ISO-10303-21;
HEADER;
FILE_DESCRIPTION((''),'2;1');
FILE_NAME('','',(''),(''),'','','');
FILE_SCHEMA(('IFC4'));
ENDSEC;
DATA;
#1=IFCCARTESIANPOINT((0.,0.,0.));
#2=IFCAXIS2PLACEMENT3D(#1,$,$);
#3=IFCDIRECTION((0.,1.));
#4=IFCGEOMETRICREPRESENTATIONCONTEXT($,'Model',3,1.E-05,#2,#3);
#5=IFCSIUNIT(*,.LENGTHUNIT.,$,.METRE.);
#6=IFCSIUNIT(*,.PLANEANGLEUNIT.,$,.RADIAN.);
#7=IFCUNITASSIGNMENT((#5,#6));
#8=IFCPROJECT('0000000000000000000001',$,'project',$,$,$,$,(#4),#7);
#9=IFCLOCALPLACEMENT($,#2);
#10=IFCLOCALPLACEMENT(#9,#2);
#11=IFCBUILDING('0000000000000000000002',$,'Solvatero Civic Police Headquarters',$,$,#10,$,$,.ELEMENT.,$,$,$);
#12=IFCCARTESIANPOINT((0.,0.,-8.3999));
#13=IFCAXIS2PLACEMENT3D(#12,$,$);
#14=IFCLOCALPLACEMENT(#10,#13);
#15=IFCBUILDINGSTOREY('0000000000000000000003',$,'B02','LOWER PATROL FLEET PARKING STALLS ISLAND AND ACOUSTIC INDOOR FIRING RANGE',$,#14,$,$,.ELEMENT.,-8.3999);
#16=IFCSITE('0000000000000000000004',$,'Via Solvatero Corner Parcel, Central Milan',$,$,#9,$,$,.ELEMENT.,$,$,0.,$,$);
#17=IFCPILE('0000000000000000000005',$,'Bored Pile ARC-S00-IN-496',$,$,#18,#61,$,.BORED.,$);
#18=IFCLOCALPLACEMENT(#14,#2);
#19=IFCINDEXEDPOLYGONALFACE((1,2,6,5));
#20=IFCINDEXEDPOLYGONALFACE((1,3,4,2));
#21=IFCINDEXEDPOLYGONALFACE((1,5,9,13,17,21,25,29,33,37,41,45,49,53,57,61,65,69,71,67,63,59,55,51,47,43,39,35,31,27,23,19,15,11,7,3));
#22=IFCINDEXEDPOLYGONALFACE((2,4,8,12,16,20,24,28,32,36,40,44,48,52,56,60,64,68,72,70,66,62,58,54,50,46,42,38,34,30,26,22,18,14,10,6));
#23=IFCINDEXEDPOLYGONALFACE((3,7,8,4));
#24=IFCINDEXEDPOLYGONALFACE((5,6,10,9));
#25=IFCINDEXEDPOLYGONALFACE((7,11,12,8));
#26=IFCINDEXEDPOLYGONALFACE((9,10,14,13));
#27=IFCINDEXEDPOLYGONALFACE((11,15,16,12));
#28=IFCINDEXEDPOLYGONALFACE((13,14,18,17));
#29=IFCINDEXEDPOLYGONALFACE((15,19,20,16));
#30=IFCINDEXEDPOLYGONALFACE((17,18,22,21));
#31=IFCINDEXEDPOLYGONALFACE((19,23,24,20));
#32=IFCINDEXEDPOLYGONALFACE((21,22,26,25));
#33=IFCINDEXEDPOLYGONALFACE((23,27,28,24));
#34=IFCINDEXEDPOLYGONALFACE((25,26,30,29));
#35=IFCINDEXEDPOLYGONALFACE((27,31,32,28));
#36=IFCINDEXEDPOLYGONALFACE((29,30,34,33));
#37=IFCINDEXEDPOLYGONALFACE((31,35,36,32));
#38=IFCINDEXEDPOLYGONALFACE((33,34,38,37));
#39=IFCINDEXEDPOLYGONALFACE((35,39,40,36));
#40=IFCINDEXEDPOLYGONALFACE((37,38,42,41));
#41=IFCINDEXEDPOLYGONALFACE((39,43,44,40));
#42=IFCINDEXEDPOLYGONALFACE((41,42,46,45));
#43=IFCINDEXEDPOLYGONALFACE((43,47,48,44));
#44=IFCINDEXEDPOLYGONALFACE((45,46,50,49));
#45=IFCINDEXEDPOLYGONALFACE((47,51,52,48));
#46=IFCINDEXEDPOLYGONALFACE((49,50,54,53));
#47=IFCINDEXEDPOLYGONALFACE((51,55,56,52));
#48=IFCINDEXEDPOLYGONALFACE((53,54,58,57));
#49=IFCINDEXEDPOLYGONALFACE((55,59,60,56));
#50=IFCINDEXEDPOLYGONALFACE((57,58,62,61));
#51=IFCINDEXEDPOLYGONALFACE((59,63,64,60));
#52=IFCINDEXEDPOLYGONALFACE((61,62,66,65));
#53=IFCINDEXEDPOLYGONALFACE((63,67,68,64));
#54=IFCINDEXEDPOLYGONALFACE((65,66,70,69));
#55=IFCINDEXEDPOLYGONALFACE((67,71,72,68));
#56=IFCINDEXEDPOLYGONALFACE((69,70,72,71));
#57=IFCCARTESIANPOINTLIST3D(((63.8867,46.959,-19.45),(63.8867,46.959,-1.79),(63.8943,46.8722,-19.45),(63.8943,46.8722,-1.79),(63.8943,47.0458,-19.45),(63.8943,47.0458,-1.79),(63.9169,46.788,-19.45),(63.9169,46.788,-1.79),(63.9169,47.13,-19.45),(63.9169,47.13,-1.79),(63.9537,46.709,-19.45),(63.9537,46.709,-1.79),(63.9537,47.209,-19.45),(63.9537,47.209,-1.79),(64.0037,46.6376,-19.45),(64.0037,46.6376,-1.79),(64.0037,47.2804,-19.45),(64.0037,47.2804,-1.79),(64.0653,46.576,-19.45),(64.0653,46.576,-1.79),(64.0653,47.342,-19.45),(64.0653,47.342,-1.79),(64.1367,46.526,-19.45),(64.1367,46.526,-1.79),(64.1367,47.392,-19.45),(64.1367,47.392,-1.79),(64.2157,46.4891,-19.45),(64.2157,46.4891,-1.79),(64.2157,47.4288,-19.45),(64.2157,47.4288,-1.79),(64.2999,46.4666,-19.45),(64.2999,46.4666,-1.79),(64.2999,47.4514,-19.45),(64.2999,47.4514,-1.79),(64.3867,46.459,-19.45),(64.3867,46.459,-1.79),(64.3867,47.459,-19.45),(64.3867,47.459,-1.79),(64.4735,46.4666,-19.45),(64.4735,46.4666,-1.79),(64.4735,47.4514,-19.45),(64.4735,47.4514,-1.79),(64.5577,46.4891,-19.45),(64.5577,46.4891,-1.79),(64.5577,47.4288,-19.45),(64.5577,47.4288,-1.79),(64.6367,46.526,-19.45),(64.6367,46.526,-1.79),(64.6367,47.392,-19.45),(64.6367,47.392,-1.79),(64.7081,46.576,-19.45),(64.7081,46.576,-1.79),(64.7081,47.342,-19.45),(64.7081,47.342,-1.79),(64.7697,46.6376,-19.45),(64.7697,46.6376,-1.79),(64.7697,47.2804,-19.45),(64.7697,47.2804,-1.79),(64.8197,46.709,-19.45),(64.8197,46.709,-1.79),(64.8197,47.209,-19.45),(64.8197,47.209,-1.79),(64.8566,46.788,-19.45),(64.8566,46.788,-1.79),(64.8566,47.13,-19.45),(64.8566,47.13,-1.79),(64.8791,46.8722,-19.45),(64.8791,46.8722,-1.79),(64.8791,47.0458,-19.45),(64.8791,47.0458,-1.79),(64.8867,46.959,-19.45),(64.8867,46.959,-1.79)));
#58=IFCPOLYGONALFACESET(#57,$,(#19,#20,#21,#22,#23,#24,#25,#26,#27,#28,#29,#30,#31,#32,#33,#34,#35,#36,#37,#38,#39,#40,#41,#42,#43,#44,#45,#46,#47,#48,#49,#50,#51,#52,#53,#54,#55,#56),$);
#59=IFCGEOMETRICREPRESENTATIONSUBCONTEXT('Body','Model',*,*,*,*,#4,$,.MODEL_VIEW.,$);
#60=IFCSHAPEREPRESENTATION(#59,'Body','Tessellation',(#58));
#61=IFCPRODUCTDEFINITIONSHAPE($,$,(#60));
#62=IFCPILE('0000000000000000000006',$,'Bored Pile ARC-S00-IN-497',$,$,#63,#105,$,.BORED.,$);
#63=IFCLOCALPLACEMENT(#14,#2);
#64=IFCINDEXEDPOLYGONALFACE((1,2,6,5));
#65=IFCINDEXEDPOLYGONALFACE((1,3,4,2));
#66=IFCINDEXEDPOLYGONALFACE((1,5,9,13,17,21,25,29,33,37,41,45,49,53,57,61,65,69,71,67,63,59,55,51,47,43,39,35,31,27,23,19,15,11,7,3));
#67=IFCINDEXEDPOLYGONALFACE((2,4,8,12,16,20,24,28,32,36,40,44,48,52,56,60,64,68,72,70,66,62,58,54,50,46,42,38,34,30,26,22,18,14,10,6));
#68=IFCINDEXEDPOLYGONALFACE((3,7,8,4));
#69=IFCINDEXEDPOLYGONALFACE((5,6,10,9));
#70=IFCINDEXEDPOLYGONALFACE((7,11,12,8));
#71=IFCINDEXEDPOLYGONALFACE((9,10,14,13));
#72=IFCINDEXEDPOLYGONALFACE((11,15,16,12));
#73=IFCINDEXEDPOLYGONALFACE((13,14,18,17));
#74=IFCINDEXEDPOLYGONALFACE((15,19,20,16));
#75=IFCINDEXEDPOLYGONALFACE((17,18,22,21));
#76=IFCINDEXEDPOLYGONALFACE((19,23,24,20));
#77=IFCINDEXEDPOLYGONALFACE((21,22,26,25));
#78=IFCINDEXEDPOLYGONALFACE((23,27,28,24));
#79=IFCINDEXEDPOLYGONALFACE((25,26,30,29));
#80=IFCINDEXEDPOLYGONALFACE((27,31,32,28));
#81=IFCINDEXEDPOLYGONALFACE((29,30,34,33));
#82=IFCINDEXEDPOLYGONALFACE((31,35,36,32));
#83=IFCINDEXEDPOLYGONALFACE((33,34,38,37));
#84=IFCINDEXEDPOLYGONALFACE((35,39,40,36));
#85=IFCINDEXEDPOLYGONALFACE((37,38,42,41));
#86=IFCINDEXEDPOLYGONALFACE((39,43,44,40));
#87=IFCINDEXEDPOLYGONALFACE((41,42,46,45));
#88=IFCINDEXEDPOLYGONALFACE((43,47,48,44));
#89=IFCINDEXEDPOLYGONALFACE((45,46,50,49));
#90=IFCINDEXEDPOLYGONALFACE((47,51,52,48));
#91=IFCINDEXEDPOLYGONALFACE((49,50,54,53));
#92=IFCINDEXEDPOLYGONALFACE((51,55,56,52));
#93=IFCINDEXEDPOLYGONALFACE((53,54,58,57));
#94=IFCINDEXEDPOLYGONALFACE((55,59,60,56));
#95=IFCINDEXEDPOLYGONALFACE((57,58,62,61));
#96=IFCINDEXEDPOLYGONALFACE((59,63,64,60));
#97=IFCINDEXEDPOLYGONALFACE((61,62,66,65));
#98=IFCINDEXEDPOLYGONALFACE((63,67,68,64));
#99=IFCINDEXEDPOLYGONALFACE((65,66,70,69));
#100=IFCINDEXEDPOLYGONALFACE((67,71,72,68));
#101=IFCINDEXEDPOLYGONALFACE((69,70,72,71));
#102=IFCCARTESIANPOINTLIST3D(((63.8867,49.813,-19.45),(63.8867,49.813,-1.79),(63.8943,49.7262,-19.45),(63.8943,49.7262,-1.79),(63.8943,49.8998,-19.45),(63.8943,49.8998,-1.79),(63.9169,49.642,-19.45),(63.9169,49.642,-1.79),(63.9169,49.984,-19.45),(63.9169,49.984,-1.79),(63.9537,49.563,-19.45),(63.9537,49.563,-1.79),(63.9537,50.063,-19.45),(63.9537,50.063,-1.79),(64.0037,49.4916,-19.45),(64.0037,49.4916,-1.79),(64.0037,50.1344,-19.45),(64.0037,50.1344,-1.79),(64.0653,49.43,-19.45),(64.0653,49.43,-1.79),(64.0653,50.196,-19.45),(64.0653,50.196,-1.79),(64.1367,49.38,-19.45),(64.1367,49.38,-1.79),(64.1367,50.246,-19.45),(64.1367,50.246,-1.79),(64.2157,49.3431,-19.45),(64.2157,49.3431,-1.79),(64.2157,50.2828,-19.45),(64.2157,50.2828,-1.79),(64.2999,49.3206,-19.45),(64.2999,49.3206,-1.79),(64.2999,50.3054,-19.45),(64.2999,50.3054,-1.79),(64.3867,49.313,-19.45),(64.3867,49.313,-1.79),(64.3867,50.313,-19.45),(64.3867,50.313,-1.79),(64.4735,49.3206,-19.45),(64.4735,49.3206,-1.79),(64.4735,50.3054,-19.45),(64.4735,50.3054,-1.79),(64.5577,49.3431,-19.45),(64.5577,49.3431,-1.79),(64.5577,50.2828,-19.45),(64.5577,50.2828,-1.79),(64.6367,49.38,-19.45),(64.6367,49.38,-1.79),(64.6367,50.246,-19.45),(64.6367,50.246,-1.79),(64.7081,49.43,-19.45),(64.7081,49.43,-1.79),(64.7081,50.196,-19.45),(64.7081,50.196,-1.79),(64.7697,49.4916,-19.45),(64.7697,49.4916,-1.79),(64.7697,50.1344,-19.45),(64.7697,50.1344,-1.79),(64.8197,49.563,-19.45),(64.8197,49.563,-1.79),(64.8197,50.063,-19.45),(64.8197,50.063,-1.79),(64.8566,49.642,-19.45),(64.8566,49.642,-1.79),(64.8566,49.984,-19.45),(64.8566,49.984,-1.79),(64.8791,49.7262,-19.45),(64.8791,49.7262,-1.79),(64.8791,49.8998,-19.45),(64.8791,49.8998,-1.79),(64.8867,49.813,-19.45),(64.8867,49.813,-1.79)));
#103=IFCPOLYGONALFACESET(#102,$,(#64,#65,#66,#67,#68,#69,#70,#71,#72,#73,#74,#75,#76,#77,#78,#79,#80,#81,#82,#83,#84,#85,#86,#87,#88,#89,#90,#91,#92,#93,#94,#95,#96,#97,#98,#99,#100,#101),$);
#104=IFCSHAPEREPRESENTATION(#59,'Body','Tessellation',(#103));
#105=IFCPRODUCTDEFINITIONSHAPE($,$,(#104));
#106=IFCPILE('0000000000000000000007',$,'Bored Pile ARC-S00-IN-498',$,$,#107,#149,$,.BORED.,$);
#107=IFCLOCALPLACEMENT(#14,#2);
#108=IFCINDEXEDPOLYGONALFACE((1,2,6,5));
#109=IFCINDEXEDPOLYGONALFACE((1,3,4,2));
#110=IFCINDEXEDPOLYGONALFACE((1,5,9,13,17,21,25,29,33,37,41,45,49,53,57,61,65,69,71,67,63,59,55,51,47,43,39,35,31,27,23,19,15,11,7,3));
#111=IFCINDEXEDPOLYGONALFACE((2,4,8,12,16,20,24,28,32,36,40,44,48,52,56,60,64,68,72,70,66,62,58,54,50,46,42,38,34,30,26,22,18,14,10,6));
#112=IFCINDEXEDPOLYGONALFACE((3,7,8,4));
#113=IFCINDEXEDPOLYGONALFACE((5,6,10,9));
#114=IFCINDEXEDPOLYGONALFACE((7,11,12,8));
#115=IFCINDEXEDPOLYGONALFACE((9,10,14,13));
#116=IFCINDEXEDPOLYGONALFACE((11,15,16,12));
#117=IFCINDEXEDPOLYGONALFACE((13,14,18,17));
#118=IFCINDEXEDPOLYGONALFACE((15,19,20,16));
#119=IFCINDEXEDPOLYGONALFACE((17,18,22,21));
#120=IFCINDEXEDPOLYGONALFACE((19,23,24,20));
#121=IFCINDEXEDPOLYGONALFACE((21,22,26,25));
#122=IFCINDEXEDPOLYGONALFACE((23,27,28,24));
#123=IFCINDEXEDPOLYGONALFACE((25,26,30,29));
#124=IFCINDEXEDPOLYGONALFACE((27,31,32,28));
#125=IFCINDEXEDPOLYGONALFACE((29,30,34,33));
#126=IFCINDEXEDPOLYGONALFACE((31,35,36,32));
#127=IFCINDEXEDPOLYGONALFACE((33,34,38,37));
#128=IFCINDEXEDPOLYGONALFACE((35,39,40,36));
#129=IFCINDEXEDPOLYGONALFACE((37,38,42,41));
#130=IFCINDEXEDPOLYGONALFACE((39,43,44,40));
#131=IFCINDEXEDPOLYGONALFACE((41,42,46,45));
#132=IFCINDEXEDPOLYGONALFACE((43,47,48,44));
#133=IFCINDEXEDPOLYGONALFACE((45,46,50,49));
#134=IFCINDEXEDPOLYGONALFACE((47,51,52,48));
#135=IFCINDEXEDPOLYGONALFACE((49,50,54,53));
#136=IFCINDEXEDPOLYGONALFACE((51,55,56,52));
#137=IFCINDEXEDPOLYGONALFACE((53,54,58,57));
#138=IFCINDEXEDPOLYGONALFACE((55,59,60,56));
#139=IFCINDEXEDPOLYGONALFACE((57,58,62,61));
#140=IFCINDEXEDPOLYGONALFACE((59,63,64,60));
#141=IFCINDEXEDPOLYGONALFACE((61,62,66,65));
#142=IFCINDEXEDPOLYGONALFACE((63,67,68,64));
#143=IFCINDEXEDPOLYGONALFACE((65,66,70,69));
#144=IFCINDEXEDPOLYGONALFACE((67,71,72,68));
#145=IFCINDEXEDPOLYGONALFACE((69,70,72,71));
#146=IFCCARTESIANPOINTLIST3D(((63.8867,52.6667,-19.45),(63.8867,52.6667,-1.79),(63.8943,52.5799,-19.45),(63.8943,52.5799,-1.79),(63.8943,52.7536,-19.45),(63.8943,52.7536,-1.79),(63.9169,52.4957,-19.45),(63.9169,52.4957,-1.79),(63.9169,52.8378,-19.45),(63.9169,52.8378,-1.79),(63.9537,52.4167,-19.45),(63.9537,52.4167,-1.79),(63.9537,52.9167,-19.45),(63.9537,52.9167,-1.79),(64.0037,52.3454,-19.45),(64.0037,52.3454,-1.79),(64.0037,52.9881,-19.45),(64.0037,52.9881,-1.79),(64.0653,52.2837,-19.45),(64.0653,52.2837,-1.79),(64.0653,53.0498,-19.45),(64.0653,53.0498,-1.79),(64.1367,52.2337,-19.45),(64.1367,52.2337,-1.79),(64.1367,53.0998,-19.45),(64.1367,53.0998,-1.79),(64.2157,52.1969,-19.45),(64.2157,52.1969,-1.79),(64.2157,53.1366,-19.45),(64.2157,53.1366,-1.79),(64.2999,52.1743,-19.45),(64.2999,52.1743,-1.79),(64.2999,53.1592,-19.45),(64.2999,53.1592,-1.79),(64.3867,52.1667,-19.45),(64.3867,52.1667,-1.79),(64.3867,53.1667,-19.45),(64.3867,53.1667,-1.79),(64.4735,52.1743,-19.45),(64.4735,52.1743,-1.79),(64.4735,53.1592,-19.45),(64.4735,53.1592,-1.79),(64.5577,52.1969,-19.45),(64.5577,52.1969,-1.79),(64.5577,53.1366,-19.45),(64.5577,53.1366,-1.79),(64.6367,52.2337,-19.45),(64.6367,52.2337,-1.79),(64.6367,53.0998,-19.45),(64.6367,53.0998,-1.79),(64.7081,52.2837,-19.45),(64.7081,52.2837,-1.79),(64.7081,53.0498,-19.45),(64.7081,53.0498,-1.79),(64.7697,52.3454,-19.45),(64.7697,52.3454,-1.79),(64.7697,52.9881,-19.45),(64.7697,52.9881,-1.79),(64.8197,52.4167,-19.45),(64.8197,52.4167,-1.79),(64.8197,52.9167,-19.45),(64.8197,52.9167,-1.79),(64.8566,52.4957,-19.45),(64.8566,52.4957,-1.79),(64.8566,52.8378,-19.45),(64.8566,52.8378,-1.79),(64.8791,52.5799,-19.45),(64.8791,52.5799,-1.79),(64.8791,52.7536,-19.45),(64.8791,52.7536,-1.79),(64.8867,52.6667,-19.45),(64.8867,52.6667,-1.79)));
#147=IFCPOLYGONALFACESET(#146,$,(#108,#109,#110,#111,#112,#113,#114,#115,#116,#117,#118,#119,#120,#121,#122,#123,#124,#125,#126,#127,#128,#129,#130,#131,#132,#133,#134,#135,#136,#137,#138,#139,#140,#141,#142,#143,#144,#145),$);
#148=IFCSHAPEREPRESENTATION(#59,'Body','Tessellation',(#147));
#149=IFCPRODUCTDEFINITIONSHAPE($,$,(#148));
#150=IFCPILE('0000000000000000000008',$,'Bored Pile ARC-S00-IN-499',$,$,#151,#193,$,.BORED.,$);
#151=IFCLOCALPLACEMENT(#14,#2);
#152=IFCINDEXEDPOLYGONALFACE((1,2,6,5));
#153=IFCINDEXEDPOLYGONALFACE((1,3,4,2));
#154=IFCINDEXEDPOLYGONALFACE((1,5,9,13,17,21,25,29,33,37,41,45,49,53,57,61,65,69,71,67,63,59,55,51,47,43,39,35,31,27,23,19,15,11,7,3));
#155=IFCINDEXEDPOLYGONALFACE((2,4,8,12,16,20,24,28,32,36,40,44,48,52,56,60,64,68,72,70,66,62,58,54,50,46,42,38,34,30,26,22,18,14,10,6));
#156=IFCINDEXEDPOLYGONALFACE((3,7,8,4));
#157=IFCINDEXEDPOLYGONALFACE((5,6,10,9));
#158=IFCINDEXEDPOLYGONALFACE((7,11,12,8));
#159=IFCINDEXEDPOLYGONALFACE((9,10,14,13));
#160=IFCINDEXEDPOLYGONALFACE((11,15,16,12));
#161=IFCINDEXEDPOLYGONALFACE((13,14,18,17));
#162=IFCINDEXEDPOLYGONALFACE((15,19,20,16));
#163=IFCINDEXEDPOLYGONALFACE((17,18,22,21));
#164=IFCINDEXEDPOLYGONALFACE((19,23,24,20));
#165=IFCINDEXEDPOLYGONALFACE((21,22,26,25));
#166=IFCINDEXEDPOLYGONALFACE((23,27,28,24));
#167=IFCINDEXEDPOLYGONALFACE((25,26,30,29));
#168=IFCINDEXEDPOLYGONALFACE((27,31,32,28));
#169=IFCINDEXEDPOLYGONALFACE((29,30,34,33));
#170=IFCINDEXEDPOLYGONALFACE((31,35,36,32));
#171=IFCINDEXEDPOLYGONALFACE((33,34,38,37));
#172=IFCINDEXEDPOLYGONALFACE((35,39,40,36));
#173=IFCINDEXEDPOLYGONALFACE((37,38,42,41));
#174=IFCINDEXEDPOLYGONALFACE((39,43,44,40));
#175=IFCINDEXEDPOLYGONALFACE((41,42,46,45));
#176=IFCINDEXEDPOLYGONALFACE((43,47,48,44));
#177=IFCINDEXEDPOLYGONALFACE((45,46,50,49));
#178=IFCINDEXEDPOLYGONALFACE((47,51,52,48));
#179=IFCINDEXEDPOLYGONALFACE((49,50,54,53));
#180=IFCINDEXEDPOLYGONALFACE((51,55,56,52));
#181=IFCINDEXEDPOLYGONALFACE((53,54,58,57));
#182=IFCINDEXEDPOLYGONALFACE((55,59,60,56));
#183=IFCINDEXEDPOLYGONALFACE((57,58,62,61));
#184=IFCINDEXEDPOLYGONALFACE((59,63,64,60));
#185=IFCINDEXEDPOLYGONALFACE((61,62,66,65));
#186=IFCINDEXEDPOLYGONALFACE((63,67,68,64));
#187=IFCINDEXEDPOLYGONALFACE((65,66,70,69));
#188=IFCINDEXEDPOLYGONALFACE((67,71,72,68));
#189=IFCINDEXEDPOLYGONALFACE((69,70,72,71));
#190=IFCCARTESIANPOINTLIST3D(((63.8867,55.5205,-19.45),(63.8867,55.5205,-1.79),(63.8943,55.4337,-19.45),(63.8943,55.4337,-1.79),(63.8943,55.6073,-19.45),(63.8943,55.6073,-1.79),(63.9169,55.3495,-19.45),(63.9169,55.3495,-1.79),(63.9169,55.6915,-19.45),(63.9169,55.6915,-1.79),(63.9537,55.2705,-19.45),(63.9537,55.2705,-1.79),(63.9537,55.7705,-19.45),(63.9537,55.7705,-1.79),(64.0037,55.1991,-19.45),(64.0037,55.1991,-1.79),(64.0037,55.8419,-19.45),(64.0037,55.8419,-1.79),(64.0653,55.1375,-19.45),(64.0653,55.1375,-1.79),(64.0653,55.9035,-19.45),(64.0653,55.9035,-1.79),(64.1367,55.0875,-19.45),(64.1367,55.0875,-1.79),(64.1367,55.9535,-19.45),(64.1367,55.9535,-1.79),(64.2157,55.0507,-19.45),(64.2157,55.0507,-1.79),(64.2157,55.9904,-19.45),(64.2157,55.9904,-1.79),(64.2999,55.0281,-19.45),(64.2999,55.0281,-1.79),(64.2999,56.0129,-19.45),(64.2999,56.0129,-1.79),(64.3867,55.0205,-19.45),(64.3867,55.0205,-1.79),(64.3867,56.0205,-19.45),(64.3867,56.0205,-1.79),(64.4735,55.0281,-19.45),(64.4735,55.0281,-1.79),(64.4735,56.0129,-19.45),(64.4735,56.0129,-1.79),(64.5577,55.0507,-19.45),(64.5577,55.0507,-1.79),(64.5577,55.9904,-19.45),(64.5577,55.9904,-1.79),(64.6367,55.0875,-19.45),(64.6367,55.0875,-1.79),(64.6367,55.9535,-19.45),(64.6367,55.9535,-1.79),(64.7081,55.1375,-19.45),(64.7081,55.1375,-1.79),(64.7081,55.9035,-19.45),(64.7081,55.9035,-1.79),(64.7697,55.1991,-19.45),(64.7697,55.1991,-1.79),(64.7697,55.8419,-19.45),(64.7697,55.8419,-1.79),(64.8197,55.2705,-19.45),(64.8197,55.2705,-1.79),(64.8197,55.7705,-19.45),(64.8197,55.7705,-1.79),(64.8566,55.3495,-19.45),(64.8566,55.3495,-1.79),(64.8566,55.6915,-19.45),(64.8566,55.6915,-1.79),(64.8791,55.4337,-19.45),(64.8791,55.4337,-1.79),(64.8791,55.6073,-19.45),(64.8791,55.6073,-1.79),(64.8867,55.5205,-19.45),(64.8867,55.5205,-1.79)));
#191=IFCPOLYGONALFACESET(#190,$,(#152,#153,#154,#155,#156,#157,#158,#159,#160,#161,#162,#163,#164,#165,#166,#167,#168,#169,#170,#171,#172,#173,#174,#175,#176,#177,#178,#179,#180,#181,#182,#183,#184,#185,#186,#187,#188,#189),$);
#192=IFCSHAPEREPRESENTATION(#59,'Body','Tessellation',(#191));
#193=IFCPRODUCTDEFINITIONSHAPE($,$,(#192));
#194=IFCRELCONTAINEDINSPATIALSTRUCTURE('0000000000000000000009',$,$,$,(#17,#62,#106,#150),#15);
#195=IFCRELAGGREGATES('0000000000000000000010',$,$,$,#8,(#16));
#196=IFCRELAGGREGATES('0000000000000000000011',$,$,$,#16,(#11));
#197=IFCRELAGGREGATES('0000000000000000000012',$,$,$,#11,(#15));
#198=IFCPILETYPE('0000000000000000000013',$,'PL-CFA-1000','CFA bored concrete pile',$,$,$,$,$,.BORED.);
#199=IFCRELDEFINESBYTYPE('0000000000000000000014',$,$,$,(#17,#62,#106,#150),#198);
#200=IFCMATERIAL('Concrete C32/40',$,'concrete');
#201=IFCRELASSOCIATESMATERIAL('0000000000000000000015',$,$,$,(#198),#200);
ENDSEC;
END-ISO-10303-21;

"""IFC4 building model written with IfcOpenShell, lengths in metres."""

from ifc_helpers import new_model, si_unit, direction, frame, origin, origin_2d, place, context, subcontext, project, spatial, circle, extrude, material, material_profile, profile_set, type_object, element, save


model = new_model("IFC4")

# Units and contexts
model_context = context("Model", 3, precision=1e-05, world=origin(), true_north=direction((0.0, 1.0)))
body_context = subcontext(model_context, "Body", "Model", "MODEL_VIEW")
ifc_project = project(units=[si_unit("LENGTHUNIT", "METRE"), si_unit("PLANEANGLEUNIT", "RADIAN")], contexts=[model_context])

# Site, building, storey
site_placement = place(None, origin())
site = spatial("IfcSite", under=ifc_project, at=site_placement, Name="Via Solvatero Corner Parcel, Central Milan", CompositionType="ELEMENT", RefElevation=0.0)
building_placement = place(site_placement, origin())
building = spatial("IfcBuilding", under=site, at=building_placement, Name="Solvatero Civic Police Headquarters", CompositionType="ELEMENT")
storey_placement = place(building_placement, frame((0.0, 0.0, -8.3999)))
storey = spatial("IfcBuildingStorey", under=building, at=storey_placement, Name="B02", Description="LOWER PATROL FLEET PARKING STALLS ISLAND AND ACOUSTIC INDOOR FIRING RANGE", CompositionType="ELEMENT", Elevation=-8.3999)

# Piles
ifc_material_1 = material(Name="Concrete C32/40", Category="concrete")
ifc_material_profile_1 = material_profile(ifc_material_1, circle(Radius=0.5, at=origin_2d()), Name="CFA PILE D1000")
ifc_profile_set_1 = profile_set([ifc_material_profile_1], Name="Concrete C32/40")
pile_type = type_object("IfcPileType", Name="PL-CFA-1000", Description="CFA bored concrete pile", PredefinedType="BORED", material=ifc_profile_set_1)
for number, where, z_axis, x_axis, name in (
    (1, (64.3867, 46.959, -1.79), (0.0, 0.0, -1.0), (1.0, 0.0, 0.0), "Bored Pile ARC-S00-IN-496"),
    (2, (64.3867, 49.813, -1.79), (0.0, 0.0, -1.0), (1.0, 0.0, 0.0), "Bored Pile ARC-S00-IN-497"),
    (3, (64.3867, 52.6667, -1.79), (0.0, 0.0, -1.0), (1.0, 0.0, 0.0), "Bored Pile ARC-S00-IN-498"),
    (4, (64.3867, 55.5205, -1.79), (0.0, 0.0, -1.0), (1.0, 0.0, 0.0), "Bored Pile ARC-S00-IN-499"),
):
    element("IfcPile", number, at=place(storey_placement, frame(where, z_axis=z_axis, x_axis=x_axis)), inside=storey, type_object=pile_type, Name=name, PredefinedType="BORED", context=body_context, shape_type="SweptSolid", body=[
        extrude(circle(Radius=0.5, at=origin_2d()), origin(), (0.0, 0.0, 1.0), 17.6599),
    ])

save(model, "model.ifc")
